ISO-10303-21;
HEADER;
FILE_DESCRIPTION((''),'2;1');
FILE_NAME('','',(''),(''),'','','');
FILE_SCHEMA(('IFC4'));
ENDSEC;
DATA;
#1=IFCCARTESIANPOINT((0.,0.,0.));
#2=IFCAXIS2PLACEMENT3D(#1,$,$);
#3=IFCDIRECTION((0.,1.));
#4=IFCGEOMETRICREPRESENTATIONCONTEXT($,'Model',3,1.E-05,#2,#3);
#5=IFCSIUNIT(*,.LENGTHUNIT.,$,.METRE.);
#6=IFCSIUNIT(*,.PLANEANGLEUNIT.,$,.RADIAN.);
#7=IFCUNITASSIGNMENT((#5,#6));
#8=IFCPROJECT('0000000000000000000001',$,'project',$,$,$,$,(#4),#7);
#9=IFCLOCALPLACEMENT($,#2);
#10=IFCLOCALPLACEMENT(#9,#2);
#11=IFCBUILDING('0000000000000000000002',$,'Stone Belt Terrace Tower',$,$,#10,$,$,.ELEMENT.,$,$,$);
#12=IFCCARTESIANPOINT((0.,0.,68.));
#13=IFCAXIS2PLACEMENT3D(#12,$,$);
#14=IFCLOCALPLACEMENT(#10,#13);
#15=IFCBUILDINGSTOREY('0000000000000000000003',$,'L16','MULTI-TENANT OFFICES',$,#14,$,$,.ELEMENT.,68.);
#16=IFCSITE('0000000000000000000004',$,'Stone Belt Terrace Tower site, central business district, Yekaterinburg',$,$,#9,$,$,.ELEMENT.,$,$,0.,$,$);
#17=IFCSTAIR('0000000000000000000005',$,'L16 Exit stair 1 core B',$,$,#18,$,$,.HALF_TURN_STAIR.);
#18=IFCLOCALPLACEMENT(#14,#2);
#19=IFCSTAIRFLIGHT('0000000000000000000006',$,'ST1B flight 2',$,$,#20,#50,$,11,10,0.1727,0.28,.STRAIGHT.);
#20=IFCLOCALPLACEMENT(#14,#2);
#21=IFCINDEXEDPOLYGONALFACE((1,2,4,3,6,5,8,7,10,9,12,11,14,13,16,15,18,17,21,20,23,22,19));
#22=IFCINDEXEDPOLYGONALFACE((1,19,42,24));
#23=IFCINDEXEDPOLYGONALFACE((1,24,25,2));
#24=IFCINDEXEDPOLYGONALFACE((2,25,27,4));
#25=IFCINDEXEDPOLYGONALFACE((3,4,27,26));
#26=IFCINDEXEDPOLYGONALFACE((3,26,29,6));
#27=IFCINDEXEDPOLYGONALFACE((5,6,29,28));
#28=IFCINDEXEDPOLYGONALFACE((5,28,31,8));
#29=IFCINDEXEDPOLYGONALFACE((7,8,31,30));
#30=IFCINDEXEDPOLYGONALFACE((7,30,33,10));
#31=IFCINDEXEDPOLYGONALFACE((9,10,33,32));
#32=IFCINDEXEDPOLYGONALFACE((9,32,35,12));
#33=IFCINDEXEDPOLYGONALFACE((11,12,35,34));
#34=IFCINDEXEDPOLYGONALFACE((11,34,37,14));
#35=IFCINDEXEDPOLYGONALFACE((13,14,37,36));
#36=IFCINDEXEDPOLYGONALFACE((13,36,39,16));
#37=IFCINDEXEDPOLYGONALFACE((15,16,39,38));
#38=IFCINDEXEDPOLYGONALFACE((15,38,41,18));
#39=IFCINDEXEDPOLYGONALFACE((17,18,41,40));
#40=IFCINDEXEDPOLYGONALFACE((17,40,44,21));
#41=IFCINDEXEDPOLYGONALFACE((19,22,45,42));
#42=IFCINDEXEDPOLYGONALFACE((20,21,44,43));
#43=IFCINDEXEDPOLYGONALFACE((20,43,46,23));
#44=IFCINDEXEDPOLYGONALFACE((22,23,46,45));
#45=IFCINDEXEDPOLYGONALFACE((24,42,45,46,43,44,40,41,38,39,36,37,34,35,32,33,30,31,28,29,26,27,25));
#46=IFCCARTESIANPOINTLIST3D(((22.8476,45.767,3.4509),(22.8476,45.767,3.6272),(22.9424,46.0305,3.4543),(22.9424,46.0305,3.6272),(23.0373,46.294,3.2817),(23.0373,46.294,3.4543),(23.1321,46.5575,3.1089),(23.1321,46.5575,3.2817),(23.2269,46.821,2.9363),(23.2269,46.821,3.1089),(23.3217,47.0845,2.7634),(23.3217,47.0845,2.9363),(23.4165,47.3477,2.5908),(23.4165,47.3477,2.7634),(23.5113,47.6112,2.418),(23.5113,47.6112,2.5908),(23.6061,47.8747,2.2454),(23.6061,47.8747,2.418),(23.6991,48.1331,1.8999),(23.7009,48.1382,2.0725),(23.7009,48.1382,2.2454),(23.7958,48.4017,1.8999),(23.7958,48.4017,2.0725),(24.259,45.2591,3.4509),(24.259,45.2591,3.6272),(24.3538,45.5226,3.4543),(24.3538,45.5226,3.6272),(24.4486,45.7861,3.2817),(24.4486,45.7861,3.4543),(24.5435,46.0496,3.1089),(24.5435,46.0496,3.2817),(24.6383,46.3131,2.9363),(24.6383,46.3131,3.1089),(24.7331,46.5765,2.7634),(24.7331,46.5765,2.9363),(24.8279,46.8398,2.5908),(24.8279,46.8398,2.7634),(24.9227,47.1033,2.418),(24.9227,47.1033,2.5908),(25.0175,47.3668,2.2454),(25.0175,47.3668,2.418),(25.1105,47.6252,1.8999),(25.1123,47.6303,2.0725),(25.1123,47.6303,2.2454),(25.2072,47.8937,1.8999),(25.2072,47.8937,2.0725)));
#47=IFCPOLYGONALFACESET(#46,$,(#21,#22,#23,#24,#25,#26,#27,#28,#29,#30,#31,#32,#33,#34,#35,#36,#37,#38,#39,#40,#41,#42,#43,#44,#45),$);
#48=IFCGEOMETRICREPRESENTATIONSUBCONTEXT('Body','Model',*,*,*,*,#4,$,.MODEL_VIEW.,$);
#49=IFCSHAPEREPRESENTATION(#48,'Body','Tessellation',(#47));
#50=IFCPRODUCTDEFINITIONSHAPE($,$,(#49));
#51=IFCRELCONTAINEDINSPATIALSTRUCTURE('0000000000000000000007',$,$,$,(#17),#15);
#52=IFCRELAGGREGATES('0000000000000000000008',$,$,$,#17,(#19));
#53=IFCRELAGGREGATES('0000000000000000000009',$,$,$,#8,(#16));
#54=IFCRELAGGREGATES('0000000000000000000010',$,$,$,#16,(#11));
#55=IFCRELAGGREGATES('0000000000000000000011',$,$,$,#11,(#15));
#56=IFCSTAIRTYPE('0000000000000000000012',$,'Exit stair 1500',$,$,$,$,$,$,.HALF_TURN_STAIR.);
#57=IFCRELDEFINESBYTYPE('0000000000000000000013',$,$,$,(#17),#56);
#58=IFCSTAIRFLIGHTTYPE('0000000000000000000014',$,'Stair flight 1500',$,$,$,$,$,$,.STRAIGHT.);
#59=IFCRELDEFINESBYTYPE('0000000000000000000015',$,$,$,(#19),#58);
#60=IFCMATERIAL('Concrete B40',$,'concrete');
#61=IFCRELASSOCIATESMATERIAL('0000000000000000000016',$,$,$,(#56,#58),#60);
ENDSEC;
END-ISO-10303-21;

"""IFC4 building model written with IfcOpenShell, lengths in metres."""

from ifc_helpers import new_model, si_unit, direction, frame, origin, place, context, subcontext, project, spatial, polyline, outline, extrude, material, type_object, element, aggregate, save


model = new_model("IFC4")

# Units and contexts
model_context = context("Model", 3, precision=1e-05, world=origin(), true_north=direction((0.0, 1.0)))
body_context = subcontext(model_context, "Body", "Model", "MODEL_VIEW")
ifc_project = project(units=[si_unit("LENGTHUNIT", "METRE"), si_unit("PLANEANGLEUNIT", "RADIAN")], contexts=[model_context])

# Site, building, storey
site_placement = place(None, origin())
site = spatial("IfcSite", under=ifc_project, at=site_placement, Name="Stone Belt Terrace Tower site, central business district, Yekaterinburg", CompositionType="ELEMENT", RefElevation=0.0)
building_placement = place(site_placement, origin())
building = spatial("IfcBuilding", under=site, at=building_placement, Name="Stone Belt Terrace Tower", CompositionType="ELEMENT")
storey_placement = place(building_placement, frame((0.0, 0.0, 68.0)))
storey = spatial("IfcBuildingStorey", under=building, at=storey_placement, Name="L16", Description="MULTI-TENANT OFFICES", CompositionType="ELEMENT", Elevation=68.0)

# Stair, stair flight
ifc_material_1 = material(Name="Concrete B40", Category="concrete")
stair_type = type_object("IfcStairType", Name="Exit stair 1500", PredefinedType="HALF_TURN_STAIR", material=ifc_material_1)
stair_placement = place(storey_placement, origin())
stair = element("IfcStair", 1, at=stair_placement, inside=storey, type_object=stair_type, Name="L16 Exit stair 1 core B", PredefinedType="HALF_TURN_STAIR")
stair_flight_type = type_object("IfcStairFlightType", Name="Stair flight 1500", PredefinedType="STRAIGHT", material=ifc_material_1)
stair_flight_placement = place(storey_placement, frame((24.5015, 48.1477, 1.8999), z_axis=(0.0, 0.0, 1.0), x_axis=(-0.338624, -0.940922, 0.0)))
stair_flight = element("IfcStairFlight", 2, at=stair_flight_placement, type_object=stair_flight_type, Name="ST1B flight 2", NumberOfRisers=11, NumberOfTreads=10, PredefinedType="STRAIGHT", RiserHeight=0.1727, TreadLength=0.28, context=body_context, shape_type="SweptSolid", body=[
    extrude(outline(polyline([(0.0, 0.0), (0.0, 0.1726), (0.28, 0.1726), (0.28, 0.3455), (0.5601, 0.3455), (0.5601, 0.5181), (0.8401, 0.5181), (0.8401, 0.6909), (1.1201, 0.6909), (1.1201, 0.8635), (1.3999, 0.8635), (1.3999, 1.0364), (1.6799, 1.0364), (1.6799, 1.209), (1.96, 1.209), (1.96, 1.3818), (2.24, 1.3818), (2.24, 1.5544), (2.52, 1.5544), (2.52, 1.7273), (2.8, 1.7273), (2.8, 1.8999), (2.8, 1.551), (0.2854, 0.0), (0.0, 0.0)])), frame((0.0, 0.75, 0.0), z_axis=(0.0, -1.0, 0.0), x_axis=(1.0, 0.0, 0.0)), (0.0, 0.0, 1.0), 1.5),
])
aggregate(stair, [stair_flight])

save(model, "model.ifc")
